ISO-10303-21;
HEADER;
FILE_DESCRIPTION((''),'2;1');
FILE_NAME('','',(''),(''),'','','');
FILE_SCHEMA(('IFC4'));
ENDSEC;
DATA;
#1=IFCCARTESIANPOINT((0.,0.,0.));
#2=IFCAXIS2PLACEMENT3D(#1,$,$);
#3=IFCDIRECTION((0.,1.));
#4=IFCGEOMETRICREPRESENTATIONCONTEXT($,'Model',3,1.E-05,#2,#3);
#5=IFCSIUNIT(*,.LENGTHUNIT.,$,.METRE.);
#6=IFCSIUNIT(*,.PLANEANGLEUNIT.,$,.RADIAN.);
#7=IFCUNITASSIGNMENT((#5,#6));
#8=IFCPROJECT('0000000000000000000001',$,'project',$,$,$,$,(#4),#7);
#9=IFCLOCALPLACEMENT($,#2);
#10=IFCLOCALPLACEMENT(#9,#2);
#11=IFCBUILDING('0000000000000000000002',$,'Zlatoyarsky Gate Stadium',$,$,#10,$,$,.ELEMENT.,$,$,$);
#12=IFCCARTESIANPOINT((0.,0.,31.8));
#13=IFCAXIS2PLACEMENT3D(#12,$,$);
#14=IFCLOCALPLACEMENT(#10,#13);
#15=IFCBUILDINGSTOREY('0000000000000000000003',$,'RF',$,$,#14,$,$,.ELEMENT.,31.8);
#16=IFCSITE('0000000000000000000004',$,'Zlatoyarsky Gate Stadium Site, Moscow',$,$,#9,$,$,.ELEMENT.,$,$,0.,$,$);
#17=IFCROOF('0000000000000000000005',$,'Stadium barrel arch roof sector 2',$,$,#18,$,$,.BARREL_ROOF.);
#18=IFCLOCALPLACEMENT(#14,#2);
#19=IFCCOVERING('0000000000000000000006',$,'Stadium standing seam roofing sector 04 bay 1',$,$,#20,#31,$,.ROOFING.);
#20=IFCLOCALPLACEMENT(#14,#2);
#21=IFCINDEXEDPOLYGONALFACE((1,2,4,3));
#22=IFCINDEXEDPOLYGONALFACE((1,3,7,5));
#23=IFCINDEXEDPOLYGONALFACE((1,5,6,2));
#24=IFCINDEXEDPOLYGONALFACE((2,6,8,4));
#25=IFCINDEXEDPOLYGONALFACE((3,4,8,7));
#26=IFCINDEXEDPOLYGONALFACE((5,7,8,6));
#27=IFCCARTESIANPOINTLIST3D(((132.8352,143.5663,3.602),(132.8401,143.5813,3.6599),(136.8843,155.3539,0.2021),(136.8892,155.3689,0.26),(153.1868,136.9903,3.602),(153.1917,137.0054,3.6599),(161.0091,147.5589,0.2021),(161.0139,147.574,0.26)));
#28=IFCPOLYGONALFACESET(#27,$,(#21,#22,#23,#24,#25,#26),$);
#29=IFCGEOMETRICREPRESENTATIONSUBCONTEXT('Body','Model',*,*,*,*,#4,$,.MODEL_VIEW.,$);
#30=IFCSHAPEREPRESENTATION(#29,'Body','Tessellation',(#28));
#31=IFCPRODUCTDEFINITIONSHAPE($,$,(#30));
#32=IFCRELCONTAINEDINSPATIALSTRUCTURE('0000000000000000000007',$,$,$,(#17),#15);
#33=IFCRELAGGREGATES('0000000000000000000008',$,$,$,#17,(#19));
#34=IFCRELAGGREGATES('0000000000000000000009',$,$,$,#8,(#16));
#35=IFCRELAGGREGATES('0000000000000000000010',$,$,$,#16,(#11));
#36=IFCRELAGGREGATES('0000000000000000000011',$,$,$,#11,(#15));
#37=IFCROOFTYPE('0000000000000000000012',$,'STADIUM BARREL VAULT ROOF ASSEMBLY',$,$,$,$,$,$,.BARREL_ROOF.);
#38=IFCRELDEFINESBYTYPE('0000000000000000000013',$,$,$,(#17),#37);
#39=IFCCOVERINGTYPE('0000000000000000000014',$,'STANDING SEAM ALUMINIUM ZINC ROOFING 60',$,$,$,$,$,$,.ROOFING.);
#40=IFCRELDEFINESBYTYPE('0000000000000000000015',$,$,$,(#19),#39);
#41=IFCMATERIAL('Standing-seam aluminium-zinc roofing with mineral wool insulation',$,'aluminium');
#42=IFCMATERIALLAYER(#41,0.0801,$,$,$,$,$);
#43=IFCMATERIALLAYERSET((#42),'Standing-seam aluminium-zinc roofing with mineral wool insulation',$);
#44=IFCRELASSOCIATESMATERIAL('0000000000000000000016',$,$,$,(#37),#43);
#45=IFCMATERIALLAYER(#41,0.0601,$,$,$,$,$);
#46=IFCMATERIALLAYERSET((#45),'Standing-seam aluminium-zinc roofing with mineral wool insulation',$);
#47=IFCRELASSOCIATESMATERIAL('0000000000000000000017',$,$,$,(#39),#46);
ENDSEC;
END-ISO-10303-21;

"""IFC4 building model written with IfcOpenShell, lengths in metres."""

from ifc_helpers import new_model, si_unit, direction, frame, origin, place, context, subcontext, project, spatial, polyline, outline, extrude, material, layer, layer_set, type_object, element, aggregate, save


model = new_model("IFC4")

# Units and contexts
model_context = context("Model", 3, precision=1e-05, world=origin(), true_north=direction((0.0, 1.0)))
body_context = subcontext(model_context, "Body", "Model", "MODEL_VIEW")
ifc_project = project(units=[si_unit("LENGTHUNIT", "METRE"), si_unit("PLANEANGLEUNIT", "RADIAN")], contexts=[model_context])

# Site, building, storey
site_placement = place(None, origin())
site = spatial("IfcSite", under=ifc_project, at=site_placement, Name="Zlatoyarsky Gate Stadium Site, Moscow", CompositionType="ELEMENT", RefElevation=0.0)
building_placement = place(site_placement, origin())
building = spatial("IfcBuilding", under=site, at=building_placement, Name="Zlatoyarsky Gate Stadium", CompositionType="ELEMENT")
storey_placement = place(building_placement, frame((0.0, 0.0, 31.8)))
storey = spatial("IfcBuildingStorey", under=building, at=storey_placement, Name="RF", CompositionType="ELEMENT", Elevation=31.8)

# Roof
ifc_material_1 = material(Name="Standing-seam aluminium-zinc roofing with mineral wool insulation", Category="aluminium")
ifc_layer_1 = layer(ifc_material_1, 0.0801)
ifc_layer_set_1 = layer_set([ifc_layer_1], Name="Standing-seam aluminium-zinc roofing with mineral wool insulation")
roof_type = type_object("IfcRoofType", Name="STADIUM BARREL VAULT ROOF ASSEMBLY", PredefinedType="BARREL_ROOF", material=ifc_layer_set_1)
roof_placement = place(storey_placement, origin())
roof = element("IfcRoof", 1, at=roof_placement, inside=storey, type_object=roof_type, Name="Stadium barrel arch roof sector 2", PredefinedType="BARREL_ROOF")

# Covering
ifc_layer_2 = layer(ifc_material_1, 0.0601)
ifc_layer_set_2 = layer_set([ifc_layer_2], Name="Standing-seam aluminium-zinc roofing with mineral wool insulation")
covering_type = type_object("IfcCoveringType", Name="STANDING SEAM ALUMINIUM ZINC ROOFING 60", PredefinedType="ROOFING", material=ifc_layer_set_2)
covering_placement = place(storey_placement, frame((161.0139, 147.574, 0.26), z_axis=(0.080927, 0.25046, 0.964739), x_axis=(-0.951562, 0.307458, 0.000001)))
covering = element("IfcCovering", 2, at=covering_placement, type_object=covering_type, Name="Stadium standing seam roofing sector 04 bay 1", PredefinedType="ROOFING", context=body_context, shape_type="SweptSolid", body=[
    extrude(outline(polyline([(0.0, 0.0), (25.3528, 0.0), (25.5816, 12.917), (4.194, 12.9172), (0.0, 0.0)])), origin(), (0.0, 0.0, -1.0), 0.0601),
])
aggregate(roof, [covering])

save(model, "model.ifc")
